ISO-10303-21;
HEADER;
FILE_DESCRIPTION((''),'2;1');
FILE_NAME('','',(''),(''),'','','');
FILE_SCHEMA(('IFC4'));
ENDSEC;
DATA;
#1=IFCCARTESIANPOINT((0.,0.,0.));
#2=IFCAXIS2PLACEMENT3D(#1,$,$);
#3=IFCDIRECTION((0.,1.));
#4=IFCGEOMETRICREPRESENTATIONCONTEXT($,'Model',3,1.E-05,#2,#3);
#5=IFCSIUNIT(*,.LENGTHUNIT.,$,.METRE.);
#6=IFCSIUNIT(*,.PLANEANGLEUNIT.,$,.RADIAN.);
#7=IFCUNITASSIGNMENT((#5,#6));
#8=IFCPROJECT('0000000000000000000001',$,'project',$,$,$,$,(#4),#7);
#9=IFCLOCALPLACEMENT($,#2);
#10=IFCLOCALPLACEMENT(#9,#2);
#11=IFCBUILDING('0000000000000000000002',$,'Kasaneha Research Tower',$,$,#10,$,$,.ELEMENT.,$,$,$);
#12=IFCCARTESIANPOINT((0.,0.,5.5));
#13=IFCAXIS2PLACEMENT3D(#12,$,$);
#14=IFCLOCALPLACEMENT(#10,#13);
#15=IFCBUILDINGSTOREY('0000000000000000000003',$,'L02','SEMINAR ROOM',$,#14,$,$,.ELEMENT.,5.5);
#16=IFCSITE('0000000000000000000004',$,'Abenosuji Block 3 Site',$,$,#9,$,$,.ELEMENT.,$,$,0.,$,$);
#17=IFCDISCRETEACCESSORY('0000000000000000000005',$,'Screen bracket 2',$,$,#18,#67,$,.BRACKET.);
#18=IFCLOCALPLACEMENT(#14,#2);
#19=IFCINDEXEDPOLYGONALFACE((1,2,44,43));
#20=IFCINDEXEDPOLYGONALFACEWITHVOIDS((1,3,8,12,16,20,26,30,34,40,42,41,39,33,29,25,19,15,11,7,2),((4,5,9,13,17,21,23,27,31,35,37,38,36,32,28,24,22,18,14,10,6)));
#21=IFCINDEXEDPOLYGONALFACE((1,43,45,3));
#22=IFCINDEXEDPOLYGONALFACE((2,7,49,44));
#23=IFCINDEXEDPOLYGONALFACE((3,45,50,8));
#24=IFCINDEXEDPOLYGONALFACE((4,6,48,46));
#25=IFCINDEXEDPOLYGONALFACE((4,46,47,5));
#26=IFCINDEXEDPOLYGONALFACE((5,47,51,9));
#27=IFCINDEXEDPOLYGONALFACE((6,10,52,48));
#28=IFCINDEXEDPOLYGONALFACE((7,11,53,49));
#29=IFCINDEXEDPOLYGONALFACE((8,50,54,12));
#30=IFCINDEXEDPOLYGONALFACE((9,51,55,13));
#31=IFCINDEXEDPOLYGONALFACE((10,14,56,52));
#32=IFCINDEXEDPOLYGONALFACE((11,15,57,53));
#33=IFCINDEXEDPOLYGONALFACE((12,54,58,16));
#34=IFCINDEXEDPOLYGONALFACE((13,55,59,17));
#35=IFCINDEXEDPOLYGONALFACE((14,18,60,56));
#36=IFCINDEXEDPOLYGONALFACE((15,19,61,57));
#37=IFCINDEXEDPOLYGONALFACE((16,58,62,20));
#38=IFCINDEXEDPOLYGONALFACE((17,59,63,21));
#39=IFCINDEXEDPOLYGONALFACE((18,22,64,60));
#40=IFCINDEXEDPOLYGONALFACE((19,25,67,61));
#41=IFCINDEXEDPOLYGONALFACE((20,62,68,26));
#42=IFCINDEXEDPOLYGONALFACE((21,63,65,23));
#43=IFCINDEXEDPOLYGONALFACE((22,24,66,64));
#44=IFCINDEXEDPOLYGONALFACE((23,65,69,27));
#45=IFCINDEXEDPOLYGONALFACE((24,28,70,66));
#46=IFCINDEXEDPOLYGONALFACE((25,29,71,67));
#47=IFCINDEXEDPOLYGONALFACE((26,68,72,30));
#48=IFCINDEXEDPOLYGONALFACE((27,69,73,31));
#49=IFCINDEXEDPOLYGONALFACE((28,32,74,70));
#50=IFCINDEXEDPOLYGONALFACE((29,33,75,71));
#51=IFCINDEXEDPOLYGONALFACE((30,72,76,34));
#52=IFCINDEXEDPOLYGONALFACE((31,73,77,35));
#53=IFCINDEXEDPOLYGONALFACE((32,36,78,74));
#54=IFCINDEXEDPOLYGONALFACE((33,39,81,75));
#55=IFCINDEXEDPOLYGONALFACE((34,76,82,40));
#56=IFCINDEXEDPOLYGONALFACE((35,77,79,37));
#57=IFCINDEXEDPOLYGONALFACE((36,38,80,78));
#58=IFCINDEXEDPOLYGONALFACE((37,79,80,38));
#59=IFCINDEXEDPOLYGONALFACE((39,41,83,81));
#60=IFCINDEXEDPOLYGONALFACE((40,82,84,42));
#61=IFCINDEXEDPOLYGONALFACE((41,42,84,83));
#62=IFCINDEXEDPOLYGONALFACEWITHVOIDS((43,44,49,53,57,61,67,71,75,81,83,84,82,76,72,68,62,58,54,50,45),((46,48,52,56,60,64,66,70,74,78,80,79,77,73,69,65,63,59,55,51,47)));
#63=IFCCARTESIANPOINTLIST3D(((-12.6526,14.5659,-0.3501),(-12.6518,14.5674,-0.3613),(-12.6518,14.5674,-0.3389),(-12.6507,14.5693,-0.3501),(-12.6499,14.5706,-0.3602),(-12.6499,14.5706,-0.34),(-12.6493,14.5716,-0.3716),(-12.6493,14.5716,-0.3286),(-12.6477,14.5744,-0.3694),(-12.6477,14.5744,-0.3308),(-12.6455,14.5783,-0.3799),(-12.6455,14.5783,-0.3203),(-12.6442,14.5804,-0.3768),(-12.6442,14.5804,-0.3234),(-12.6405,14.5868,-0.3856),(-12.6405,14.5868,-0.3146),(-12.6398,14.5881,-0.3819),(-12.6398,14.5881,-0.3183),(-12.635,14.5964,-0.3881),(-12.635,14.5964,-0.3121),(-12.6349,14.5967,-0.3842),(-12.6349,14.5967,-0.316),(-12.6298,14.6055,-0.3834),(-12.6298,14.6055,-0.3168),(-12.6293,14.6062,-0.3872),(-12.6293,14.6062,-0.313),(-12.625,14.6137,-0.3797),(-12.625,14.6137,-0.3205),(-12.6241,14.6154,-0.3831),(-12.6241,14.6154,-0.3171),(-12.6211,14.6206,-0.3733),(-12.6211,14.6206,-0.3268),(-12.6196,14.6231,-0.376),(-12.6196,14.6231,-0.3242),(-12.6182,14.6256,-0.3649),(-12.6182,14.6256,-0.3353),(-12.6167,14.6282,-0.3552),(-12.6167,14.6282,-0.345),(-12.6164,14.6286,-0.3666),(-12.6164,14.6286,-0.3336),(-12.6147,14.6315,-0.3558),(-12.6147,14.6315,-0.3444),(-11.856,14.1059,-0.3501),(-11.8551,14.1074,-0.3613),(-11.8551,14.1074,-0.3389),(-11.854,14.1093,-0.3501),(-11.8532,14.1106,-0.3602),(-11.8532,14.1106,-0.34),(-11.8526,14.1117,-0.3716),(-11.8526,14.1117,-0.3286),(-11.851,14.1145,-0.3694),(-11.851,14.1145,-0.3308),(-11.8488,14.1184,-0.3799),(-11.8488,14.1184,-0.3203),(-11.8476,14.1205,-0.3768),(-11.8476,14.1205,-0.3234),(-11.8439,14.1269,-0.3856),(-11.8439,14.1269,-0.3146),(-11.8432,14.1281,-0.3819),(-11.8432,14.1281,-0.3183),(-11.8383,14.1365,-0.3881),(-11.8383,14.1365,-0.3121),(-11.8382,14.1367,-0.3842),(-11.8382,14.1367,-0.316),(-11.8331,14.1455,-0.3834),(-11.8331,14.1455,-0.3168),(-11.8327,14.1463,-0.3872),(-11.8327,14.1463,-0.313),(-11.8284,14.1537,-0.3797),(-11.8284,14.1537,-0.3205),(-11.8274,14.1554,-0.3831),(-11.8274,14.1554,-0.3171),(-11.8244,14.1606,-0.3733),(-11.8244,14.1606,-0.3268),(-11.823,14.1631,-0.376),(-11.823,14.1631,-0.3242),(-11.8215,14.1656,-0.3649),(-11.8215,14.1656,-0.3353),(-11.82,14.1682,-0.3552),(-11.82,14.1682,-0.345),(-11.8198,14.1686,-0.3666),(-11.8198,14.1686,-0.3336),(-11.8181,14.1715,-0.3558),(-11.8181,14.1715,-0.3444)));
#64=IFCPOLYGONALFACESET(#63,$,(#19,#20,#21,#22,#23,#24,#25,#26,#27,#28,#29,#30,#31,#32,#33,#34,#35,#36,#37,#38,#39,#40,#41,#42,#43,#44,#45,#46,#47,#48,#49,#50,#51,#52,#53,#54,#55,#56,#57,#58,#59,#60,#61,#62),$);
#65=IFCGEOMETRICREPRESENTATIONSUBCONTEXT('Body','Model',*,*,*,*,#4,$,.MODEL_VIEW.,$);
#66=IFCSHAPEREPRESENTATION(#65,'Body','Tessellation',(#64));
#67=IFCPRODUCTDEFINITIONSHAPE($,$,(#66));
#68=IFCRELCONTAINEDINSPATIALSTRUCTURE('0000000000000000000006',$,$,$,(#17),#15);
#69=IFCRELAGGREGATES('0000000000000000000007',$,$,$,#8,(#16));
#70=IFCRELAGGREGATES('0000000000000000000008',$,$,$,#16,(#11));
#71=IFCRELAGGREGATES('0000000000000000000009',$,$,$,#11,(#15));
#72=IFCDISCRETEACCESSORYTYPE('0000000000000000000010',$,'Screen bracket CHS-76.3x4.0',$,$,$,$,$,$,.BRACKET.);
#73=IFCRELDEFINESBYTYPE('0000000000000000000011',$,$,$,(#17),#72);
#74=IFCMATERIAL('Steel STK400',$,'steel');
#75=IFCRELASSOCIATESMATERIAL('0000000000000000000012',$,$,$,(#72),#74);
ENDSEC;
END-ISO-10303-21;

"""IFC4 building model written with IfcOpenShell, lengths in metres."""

from ifc_helpers import new_model, si_unit, direction, frame, origin, origin_2d, place, context, subcontext, project, spatial, hollow_circle, extrude, material, material_profile, profile_set, type_object, element, save


model = new_model("IFC4")

# Units and contexts
model_context = context("Model", 3, precision=1e-05, world=origin(), true_north=direction((0.0, 1.0)))
body_context = subcontext(model_context, "Body", "Model", "MODEL_VIEW")
ifc_project = project(units=[si_unit("LENGTHUNIT", "METRE"), si_unit("PLANEANGLEUNIT", "RADIAN")], contexts=[model_context])

# Site, building, storey
site_placement = place(None, origin())
site = spatial("IfcSite", under=ifc_project, at=site_placement, Name="Abenosuji Block 3 Site", CompositionType="ELEMENT", RefElevation=0.0)
building_placement = place(site_placement, origin())
building = spatial("IfcBuilding", under=site, at=building_placement, Name="Kasaneha Research Tower", CompositionType="ELEMENT")
storey_placement = place(building_placement, frame((0.0, 0.0, 5.5)))
storey = spatial("IfcBuildingStorey", under=building, at=storey_placement, Name="L02", Description="SEMINAR ROOM", CompositionType="ELEMENT", Elevation=5.5)

# Discrete accessory
ifc_material_1 = material(Name="Steel STK400", Category="steel")
ifc_material_profile_1 = material_profile(ifc_material_1, hollow_circle(Radius=0.0381, WallThickness=0.0039, at=origin_2d()), Name="CHS-76.3x4.0")
ifc_profile_set_1 = profile_set([ifc_material_profile_1], Name="Steel STK400")
discrete_accessory_type = type_object("IfcDiscreteAccessoryType", Name="Screen bracket CHS-76.3x4.0", PredefinedType="BRACKET", material=ifc_profile_set_1)
discrete_accessory_1_placement = place(storey_placement, frame((-11.8369, 14.1389, -0.3501), z_axis=(-0.866013, 0.500021, 0.0), x_axis=(-0.500021, -0.866013, 0.0)))
element("IfcDiscreteAccessory", 1, at=discrete_accessory_1_placement, inside=storey, type_object=discrete_accessory_type, Name="Screen bracket 2", PredefinedType="BRACKET", context=body_context, shape_type="SweptSolid", body=[
    extrude(hollow_circle(Radius=0.0381, WallThickness=0.0039, at=origin_2d()), origin(), (0.0, 0.0, 1.0), 0.9199),
])

save(model, "model.ifc")
